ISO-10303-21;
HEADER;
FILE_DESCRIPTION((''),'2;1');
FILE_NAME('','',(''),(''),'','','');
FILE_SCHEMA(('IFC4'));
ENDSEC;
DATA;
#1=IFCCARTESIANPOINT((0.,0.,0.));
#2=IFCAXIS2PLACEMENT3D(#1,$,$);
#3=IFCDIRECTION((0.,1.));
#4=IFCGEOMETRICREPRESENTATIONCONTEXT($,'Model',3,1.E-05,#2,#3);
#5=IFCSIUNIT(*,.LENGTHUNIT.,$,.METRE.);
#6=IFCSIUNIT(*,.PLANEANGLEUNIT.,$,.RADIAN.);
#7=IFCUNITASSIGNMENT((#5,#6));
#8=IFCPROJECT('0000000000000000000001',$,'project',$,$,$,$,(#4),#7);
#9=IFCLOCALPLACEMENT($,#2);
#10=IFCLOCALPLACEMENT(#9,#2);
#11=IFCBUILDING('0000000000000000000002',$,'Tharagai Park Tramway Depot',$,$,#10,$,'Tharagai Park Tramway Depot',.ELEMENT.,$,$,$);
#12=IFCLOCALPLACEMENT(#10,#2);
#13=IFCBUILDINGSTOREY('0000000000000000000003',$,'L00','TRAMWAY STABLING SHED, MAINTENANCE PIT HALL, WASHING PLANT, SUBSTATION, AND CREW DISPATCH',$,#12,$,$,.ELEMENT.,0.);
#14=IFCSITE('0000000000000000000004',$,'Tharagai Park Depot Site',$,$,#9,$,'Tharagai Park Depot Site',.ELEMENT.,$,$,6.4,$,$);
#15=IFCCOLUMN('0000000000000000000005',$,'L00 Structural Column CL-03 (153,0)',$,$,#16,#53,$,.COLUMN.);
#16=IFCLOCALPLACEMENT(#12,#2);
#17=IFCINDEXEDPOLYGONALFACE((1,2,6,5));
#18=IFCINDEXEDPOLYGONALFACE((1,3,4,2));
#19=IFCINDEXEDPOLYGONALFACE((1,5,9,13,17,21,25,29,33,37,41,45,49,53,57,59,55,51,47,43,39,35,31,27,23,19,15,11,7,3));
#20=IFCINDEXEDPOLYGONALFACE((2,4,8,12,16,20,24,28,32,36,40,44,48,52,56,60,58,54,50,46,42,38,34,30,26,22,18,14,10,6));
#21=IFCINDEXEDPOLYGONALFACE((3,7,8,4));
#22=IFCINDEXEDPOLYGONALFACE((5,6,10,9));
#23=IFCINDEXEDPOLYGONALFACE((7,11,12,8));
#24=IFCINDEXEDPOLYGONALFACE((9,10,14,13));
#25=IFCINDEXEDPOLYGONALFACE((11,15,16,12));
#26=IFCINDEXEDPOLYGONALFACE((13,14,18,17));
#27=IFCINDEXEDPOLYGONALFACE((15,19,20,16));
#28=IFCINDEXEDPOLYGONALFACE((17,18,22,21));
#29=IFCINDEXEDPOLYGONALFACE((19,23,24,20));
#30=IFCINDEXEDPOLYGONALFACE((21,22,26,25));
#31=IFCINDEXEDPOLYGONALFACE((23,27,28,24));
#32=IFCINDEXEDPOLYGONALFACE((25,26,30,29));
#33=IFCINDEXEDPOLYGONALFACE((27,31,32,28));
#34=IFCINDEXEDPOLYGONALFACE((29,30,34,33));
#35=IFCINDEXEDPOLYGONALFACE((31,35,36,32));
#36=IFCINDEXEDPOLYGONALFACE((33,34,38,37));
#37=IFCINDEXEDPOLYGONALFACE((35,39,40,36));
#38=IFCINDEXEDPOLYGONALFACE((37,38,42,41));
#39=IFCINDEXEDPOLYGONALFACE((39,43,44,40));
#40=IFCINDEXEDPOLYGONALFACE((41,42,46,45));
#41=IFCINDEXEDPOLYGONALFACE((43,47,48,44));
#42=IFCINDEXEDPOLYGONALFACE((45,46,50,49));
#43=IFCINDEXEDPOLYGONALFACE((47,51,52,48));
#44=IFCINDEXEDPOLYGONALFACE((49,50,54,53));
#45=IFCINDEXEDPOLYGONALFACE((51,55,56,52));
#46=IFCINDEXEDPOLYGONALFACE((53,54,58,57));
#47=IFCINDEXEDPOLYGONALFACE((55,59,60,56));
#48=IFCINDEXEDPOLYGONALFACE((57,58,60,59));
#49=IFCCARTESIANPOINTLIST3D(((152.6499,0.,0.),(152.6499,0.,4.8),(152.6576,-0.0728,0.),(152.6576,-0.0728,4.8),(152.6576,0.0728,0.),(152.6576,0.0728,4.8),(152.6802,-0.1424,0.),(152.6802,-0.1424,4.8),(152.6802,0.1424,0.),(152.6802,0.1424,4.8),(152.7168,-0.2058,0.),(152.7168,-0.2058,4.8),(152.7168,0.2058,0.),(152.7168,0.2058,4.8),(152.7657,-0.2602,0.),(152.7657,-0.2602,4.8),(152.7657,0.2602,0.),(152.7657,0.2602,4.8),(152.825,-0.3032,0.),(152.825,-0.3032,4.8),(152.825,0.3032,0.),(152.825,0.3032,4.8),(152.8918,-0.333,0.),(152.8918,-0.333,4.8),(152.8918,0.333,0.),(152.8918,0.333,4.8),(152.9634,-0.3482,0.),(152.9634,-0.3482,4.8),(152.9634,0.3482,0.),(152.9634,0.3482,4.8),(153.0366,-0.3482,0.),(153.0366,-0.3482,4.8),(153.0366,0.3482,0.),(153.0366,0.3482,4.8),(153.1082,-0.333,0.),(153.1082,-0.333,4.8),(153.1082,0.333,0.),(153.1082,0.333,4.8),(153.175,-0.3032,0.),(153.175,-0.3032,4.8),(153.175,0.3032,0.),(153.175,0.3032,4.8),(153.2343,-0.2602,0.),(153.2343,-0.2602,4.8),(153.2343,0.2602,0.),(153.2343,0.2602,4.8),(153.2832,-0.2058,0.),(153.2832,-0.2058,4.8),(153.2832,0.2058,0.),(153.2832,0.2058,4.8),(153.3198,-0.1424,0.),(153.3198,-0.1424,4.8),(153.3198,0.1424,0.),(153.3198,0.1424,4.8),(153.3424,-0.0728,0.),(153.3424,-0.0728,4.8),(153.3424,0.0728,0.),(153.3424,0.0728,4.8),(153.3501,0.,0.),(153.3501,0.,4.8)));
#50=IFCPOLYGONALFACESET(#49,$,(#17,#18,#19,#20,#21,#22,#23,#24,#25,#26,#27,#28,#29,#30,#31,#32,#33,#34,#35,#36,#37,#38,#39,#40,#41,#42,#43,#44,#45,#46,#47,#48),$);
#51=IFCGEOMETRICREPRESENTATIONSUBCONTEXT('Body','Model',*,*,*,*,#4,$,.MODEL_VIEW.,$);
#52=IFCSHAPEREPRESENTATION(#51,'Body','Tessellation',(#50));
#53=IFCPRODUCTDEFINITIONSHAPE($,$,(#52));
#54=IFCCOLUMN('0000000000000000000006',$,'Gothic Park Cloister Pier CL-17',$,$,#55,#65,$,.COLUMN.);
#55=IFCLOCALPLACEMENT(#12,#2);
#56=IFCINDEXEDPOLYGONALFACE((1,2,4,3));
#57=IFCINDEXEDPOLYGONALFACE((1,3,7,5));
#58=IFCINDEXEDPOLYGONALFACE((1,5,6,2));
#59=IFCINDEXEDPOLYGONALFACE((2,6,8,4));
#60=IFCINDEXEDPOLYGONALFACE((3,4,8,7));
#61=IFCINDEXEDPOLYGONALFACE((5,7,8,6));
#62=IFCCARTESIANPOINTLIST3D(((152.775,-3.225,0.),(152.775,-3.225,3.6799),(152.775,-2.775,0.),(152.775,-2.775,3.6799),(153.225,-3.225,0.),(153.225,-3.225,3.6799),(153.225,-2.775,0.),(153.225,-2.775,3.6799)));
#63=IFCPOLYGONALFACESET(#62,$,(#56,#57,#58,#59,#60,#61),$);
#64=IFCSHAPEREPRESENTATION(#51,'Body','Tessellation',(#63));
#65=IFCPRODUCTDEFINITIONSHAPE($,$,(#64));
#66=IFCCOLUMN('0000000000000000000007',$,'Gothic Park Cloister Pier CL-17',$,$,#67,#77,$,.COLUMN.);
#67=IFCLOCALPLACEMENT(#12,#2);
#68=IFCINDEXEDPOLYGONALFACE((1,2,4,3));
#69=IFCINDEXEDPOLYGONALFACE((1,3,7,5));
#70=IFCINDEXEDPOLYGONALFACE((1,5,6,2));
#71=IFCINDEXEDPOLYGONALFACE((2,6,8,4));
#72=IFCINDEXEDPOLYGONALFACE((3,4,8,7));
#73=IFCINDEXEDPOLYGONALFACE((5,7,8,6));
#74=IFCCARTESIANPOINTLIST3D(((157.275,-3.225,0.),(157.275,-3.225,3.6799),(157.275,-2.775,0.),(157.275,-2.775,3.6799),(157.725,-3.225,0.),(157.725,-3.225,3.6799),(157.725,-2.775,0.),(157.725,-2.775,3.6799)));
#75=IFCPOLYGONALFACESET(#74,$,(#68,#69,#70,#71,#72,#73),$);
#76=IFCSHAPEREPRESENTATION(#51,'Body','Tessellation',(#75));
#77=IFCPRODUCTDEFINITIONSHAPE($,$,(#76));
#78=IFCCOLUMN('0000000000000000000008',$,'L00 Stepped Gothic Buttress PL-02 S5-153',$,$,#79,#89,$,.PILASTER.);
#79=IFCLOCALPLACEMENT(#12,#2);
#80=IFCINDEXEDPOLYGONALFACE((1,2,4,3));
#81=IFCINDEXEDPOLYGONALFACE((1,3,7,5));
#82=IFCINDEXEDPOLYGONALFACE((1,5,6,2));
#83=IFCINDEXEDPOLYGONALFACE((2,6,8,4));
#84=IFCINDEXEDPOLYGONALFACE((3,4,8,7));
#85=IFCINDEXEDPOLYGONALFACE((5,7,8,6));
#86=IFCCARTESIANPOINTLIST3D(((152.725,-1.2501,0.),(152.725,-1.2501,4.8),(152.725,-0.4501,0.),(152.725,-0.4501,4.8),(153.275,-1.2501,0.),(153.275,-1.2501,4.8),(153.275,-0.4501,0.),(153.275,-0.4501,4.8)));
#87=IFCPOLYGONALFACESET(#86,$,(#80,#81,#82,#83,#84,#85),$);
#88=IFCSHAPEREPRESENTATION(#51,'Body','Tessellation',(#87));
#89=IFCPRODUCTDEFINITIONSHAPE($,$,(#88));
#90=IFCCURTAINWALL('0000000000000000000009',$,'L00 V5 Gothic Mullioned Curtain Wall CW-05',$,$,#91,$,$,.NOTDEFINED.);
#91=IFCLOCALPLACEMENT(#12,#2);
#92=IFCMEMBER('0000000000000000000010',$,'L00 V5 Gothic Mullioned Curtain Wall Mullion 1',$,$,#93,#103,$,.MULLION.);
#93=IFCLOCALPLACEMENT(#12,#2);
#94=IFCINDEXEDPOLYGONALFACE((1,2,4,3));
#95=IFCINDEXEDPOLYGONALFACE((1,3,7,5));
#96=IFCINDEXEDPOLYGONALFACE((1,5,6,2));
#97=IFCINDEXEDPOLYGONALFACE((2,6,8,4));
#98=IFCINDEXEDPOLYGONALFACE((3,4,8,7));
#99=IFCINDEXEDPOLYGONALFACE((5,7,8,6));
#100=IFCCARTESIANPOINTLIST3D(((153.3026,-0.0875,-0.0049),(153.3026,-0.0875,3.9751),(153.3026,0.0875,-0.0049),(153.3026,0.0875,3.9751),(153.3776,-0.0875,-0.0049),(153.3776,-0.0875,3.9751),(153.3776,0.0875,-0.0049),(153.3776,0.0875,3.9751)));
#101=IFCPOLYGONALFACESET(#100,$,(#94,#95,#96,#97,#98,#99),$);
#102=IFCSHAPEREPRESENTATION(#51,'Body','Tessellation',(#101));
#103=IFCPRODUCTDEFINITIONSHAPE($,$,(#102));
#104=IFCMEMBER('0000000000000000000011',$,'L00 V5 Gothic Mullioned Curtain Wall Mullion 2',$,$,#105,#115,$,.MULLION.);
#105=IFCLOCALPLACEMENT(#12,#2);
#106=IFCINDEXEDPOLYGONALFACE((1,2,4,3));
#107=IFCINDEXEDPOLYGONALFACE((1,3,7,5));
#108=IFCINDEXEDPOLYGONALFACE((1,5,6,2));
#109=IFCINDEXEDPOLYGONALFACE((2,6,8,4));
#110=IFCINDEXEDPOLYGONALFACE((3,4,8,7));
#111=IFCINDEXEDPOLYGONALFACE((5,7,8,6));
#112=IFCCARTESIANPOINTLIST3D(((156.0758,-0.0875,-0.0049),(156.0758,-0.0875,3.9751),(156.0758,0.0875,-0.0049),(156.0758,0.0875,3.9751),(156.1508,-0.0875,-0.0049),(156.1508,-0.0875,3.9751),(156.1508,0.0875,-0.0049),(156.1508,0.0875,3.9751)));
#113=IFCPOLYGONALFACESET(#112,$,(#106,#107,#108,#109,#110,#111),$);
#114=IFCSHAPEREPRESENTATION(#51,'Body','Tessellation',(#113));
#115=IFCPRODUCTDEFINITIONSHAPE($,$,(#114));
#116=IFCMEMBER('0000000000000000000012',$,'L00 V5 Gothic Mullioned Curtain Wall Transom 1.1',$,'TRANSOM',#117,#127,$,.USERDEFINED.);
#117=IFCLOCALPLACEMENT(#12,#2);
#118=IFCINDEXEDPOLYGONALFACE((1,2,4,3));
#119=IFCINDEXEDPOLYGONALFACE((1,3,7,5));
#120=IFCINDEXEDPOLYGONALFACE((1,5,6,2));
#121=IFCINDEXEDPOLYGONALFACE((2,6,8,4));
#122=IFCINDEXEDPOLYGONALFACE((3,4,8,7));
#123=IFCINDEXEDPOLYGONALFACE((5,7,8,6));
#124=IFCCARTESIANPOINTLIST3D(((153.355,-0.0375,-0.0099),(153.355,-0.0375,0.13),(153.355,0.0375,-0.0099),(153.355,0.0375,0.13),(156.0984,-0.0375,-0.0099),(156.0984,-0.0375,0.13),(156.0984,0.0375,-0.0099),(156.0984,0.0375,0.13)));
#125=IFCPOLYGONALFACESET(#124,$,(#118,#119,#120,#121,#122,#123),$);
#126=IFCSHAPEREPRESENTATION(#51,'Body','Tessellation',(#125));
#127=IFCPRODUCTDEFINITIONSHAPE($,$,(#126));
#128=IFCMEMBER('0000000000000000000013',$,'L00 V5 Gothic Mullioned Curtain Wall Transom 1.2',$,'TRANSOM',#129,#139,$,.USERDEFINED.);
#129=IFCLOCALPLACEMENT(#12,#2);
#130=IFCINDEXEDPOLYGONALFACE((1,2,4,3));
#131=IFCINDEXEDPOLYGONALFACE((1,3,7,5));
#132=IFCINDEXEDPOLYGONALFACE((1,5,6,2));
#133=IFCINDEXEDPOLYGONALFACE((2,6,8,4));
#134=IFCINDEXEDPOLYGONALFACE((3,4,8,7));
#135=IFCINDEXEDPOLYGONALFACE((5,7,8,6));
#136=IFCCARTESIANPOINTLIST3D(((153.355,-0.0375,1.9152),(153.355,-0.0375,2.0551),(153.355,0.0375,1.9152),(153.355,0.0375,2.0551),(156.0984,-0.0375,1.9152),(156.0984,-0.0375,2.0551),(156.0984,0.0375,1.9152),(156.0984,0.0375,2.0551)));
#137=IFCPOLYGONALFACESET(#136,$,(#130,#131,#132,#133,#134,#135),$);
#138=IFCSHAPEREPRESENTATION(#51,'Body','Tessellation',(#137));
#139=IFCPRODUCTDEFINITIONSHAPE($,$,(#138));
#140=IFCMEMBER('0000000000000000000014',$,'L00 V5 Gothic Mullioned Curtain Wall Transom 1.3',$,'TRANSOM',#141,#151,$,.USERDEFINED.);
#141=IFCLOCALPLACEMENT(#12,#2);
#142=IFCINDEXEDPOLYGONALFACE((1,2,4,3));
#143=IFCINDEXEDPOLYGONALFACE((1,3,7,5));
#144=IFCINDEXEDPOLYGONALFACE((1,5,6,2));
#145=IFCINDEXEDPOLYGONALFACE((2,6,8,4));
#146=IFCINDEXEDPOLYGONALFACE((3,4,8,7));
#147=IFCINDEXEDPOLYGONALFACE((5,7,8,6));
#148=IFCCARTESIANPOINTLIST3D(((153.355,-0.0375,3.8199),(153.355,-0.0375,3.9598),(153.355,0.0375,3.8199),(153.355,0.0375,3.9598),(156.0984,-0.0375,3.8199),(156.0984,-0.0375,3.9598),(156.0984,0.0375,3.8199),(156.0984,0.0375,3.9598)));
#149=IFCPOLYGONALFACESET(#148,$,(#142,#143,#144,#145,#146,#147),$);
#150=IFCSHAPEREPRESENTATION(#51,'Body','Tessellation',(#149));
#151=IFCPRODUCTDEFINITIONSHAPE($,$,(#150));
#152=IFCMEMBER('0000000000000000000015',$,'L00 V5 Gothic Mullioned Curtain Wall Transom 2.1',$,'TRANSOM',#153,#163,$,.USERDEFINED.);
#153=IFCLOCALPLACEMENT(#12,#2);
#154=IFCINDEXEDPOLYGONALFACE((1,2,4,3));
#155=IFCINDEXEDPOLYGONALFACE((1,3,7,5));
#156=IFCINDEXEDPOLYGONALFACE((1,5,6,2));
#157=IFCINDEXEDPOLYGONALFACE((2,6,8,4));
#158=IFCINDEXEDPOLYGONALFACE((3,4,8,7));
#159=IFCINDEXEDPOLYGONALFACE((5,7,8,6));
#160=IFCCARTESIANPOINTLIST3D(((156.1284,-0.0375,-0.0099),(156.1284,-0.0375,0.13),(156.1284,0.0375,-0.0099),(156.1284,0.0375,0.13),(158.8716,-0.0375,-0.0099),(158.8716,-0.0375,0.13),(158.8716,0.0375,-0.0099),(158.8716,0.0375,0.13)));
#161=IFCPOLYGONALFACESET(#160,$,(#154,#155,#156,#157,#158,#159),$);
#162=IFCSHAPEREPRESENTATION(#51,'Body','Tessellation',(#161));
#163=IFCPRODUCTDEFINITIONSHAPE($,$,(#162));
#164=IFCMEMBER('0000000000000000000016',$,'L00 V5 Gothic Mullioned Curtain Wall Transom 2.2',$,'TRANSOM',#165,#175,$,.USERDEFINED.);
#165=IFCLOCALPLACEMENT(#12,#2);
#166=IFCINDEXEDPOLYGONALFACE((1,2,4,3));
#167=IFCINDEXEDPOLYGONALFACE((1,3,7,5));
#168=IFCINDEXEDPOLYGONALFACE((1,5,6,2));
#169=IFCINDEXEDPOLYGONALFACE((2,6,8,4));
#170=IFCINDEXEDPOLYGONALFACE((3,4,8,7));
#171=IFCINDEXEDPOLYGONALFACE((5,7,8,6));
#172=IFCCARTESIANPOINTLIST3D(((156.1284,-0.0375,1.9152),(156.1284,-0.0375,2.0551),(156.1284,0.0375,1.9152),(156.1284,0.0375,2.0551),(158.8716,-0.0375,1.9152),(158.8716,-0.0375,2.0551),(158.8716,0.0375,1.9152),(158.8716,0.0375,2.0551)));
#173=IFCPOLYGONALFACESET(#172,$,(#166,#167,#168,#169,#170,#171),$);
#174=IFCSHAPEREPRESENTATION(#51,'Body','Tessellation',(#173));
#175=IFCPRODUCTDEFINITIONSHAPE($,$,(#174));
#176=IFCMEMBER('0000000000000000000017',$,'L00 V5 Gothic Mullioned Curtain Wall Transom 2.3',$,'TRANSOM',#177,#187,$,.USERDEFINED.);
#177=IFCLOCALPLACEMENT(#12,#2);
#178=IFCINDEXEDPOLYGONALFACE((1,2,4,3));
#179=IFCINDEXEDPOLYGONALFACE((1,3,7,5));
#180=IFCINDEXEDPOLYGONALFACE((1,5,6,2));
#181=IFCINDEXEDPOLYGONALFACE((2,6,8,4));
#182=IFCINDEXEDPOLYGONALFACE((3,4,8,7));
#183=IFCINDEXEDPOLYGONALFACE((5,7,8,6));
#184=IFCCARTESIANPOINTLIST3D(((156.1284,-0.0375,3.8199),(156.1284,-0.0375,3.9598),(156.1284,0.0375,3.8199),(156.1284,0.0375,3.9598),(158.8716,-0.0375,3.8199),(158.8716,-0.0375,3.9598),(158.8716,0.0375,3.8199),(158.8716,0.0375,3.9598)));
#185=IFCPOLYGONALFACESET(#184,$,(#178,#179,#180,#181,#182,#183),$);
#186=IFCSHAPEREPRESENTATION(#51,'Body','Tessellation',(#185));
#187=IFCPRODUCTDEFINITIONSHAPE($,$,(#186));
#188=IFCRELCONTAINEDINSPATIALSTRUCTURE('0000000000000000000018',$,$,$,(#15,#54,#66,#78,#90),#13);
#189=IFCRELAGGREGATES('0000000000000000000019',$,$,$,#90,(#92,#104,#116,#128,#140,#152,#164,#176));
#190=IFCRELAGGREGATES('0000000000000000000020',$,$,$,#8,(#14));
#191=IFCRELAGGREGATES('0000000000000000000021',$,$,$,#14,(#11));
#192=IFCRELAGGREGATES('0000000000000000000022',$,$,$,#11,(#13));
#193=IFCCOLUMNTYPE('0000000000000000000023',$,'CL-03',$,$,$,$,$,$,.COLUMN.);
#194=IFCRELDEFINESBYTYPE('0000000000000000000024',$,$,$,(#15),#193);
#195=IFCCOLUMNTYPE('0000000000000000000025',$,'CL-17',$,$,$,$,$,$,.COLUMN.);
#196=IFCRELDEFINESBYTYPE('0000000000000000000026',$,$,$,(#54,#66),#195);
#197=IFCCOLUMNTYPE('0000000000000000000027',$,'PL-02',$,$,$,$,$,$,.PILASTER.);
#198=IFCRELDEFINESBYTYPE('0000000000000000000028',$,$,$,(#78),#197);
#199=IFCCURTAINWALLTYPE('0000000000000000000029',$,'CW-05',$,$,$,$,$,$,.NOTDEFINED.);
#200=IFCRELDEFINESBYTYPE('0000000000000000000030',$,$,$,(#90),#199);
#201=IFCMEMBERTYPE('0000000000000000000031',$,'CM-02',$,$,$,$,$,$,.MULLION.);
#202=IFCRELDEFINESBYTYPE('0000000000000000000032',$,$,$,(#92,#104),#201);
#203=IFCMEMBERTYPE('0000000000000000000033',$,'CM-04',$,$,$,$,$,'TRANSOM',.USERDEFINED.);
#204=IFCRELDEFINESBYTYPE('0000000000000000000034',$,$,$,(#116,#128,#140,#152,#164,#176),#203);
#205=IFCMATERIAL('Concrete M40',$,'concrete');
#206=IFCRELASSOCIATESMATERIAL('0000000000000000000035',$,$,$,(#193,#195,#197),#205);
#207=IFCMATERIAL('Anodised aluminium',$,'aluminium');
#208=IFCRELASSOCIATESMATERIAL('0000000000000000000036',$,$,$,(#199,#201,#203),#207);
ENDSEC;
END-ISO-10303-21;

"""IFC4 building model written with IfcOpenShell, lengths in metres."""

from ifc_helpers import new_model, si_unit, direction, frame, origin, origin_2d, place, context, subcontext, project, spatial, rectangle, circle, extrude, material, material_profile, profile_set, type_object, element, aggregate, save


model = new_model("IFC4")

# Units and contexts
model_context = context("Model", 3, precision=1e-05, world=origin(), true_north=direction((0.0, 1.0)))
body_context = subcontext(model_context, "Body", "Model", "MODEL_VIEW")
ifc_project = project(units=[si_unit("LENGTHUNIT", "METRE"), si_unit("PLANEANGLEUNIT", "RADIAN")], contexts=[model_context])

# Site, building, storey
site_placement = place(None, origin())
site = spatial("IfcSite", under=ifc_project, at=site_placement, Name="Tharagai Park Depot Site", LongName="Tharagai Park Depot Site", CompositionType="ELEMENT", RefElevation=6.4)
building_placement = place(site_placement, origin())
building = spatial("IfcBuilding", under=site, at=building_placement, Name="Tharagai Park Tramway Depot", LongName="Tharagai Park Tramway Depot", CompositionType="ELEMENT")
storey_placement = place(building_placement, origin())
storey = spatial("IfcBuildingStorey", under=building, at=storey_placement, Name="L00", Description="TRAMWAY STABLING SHED, MAINTENANCE PIT HALL, WASHING PLANT, SUBSTATION, AND CREW DISPATCH", CompositionType="ELEMENT", Elevation=0.0)

# Shared definitions
ifc_material_1 = material(Name="Concrete M40", Category="concrete")

# Columns
ifc_material_profile_1 = material_profile(ifc_material_1, circle(Radius=0.3501, at=origin_2d()), Name="RC D700")
ifc_profile_set_1 = profile_set([ifc_material_profile_1], Name="Concrete M40")
column_type_1 = type_object("IfcColumnType", Name="CL-03", PredefinedType="COLUMN", material=ifc_profile_set_1)
column_1_placement = place(storey_placement, frame((153.0, 0.0, 0.0), z_axis=(0.0, 0.0, 1.0), x_axis=(1.0, 0.0, 0.0)))
element("IfcColumn", 1, at=column_1_placement, inside=storey, type_object=column_type_1, Name="L00 Structural Column CL-03 (153,0)", PredefinedType="COLUMN", context=body_context, shape_type="SweptSolid", body=[
    extrude(circle(Radius=0.3501, at=origin_2d()), origin(), (0.0, 0.0, 1.0), 4.8),
])
ifc_material_profile_2 = material_profile(ifc_material_1, rectangle(XDim=0.45, YDim=0.45, at=origin_2d()), Name="RC 450x450")
ifc_profile_set_2 = profile_set([ifc_material_profile_2], Name="Concrete M40")
column_type_2 = type_object("IfcColumnType", Name="CL-17", PredefinedType="COLUMN", material=ifc_profile_set_2)
for number, where, z_axis, x_axis, name in (
    (2, (153.0, -3.0, 0.0), (0.0, 0.0, 1.0), (1.0, 0.0, 0.0), "Gothic Park Cloister Pier CL-17"),
    (3, (157.5, -3.0, 0.0), (0.0, 0.0, 1.0), (1.0, 0.0, 0.0), "Gothic Park Cloister Pier CL-17"),
):
    element("IfcColumn", number, at=place(storey_placement, frame(where, z_axis=z_axis, x_axis=x_axis)), inside=storey, type_object=column_type_2, Name=name, PredefinedType="COLUMN", context=body_context, shape_type="SweptSolid", body=[
        extrude(rectangle(XDim=0.45, YDim=0.45, at=origin_2d()), origin(), (0.0, 0.0, 1.0), 3.6799),
    ])
ifc_material_profile_3 = material_profile(ifc_material_1, rectangle(XDim=0.55, YDim=0.8, at=origin_2d()), Name="RC 550x800")
ifc_profile_set_3 = profile_set([ifc_material_profile_3], Name="Concrete M40")
column_type_3 = type_object("IfcColumnType", Name="PL-02", PredefinedType="PILASTER", material=ifc_profile_set_3)
column_2_placement = place(storey_placement, frame((153.0, -0.8501, 0.0), z_axis=(0.0, 0.0, 1.0), x_axis=(1.0, 0.0, 0.0)))
element("IfcColumn", 4, at=column_2_placement, inside=storey, type_object=column_type_3, Name="L00 Stepped Gothic Buttress PL-02 S5-153", PredefinedType="PILASTER", context=body_context, shape_type="SweptSolid", body=[
    extrude(rectangle(XDim=0.55, YDim=0.8, at=origin_2d()), origin(), (0.0, 0.0, 1.0), 4.8),
])

# Curtain wall, members
ifc_material_2 = material(Name="Anodised aluminium", Category="aluminium")
curtain_wall_type = type_object("IfcCurtainWallType", Name="CW-05", PredefinedType="NOTDEFINED", material=ifc_material_2)
curtain_wall_placement = place(storey_placement, origin())
curtain_wall = element("IfcCurtainWall", 5, at=curtain_wall_placement, inside=storey, type_object=curtain_wall_type, Name="L00 V5 Gothic Mullioned Curtain Wall CW-05", PredefinedType="NOTDEFINED")
ifc_material_profile_4 = material_profile(ifc_material_2, rectangle(XDim=0.075, YDim=0.175, at=origin_2d()), Name="ALU 75x175")
ifc_profile_set_4 = profile_set([ifc_material_profile_4], Name="Anodised aluminium")
member_type_1 = type_object("IfcMemberType", Name="CM-02", PredefinedType="MULLION", material=ifc_profile_set_4)
member_1_placement = place(storey_placement, frame((153.3401, 0.0, -0.0049), z_axis=(0.0, 0.0, 1.0), x_axis=(1.0, 0.0, 0.0)))
member_1 = element("IfcMember", 6, at=member_1_placement, type_object=member_type_1, Name="L00 V5 Gothic Mullioned Curtain Wall Mullion 1", PredefinedType="MULLION", context=body_context, shape_type="SweptSolid", body=[
    extrude(rectangle(XDim=0.075, YDim=0.175, at=origin_2d()), origin(), (0.0, 0.0, 1.0), 3.98),
])
member_2_placement = place(storey_placement, frame((156.1133, 0.0, -0.0049), z_axis=(0.0, 0.0, 1.0), x_axis=(1.0, 0.0, 0.0)))
member_2 = element("IfcMember", 7, at=member_2_placement, type_object=member_type_1, Name="L00 V5 Gothic Mullioned Curtain Wall Mullion 2", PredefinedType="MULLION", context=body_context, shape_type="SweptSolid", body=[
    extrude(rectangle(XDim=0.075, YDim=0.175, at=origin_2d()), origin(), (0.0, 0.0, 1.0), 3.98),
])
ifc_material_profile_5 = material_profile(ifc_material_2, rectangle(XDim=0.075, YDim=0.1399, at=origin_2d()), Name="ALU 75x140")
ifc_profile_set_5 = profile_set([ifc_material_profile_5], Name="Anodised aluminium")
member_type_2 = type_object("IfcMemberType", Name="CM-04", ElementType="TRANSOM", PredefinedType="USERDEFINED", material=ifc_profile_set_5)
member_3_placement = place(storey_placement, frame((153.355, 0.0, 0.0601), z_axis=(1.0, 0.0, 0.0), x_axis=(0.0, 1.0, 0.0)))
member_3 = element("IfcMember", 8, at=member_3_placement, type_object=member_type_2, Name="L00 V5 Gothic Mullioned Curtain Wall Transom 1.1", ObjectType="TRANSOM", PredefinedType="USERDEFINED", context=body_context, shape_type="SweptSolid", body=[
    extrude(rectangle(XDim=0.075, YDim=0.1399, at=origin_2d()), origin(), (0.0, 0.0, 1.0), 2.7434),
])
member_4_placement = place(storey_placement, frame((153.355, 0.0, 1.9851), z_axis=(1.0, 0.0, 0.0), x_axis=(0.0, 1.0, 0.0)))
member_4 = element("IfcMember", 9, at=member_4_placement, type_object=member_type_2, Name="L00 V5 Gothic Mullioned Curtain Wall Transom 1.2", ObjectType="TRANSOM", PredefinedType="USERDEFINED", context=body_context, shape_type="SweptSolid", body=[
    extrude(rectangle(XDim=0.075, YDim=0.1399, at=origin_2d()), origin(), (0.0, 0.0, 1.0), 2.7434),
])
member_5_placement = place(storey_placement, frame((153.355, 0.0, 3.8899), z_axis=(1.0, 0.0, 0.0), x_axis=(0.0, 1.0, 0.0)))
member_5 = element("IfcMember", 10, at=member_5_placement, type_object=member_type_2, Name="L00 V5 Gothic Mullioned Curtain Wall Transom 1.3", ObjectType="TRANSOM", PredefinedType="USERDEFINED", context=body_context, shape_type="SweptSolid", body=[
    extrude(rectangle(XDim=0.075, YDim=0.1399, at=origin_2d()), origin(), (0.0, 0.0, 1.0), 2.7434),
])
member_6_placement = place(storey_placement, frame((156.1284, 0.0, 0.0601), z_axis=(1.0, 0.0, 0.0), x_axis=(0.0, 1.0, 0.0)))
member_6 = element("IfcMember", 11, at=member_6_placement, type_object=member_type_2, Name="L00 V5 Gothic Mullioned Curtain Wall Transom 2.1", ObjectType="TRANSOM", PredefinedType="USERDEFINED", context=body_context, shape_type="SweptSolid", body=[
    extrude(rectangle(XDim=0.075, YDim=0.1399, at=origin_2d()), origin(), (0.0, 0.0, 1.0), 2.7432),
])
member_7_placement = place(storey_placement, frame((156.1284, 0.0, 1.9851), z_axis=(1.0, 0.0, 0.0), x_axis=(0.0, 1.0, 0.0)))
member_7 = element("IfcMember", 12, at=member_7_placement, type_object=member_type_2, Name="L00 V5 Gothic Mullioned Curtain Wall Transom 2.2", ObjectType="TRANSOM", PredefinedType="USERDEFINED", context=body_context, shape_type="SweptSolid", body=[
    extrude(rectangle(XDim=0.075, YDim=0.1399, at=origin_2d()), origin(), (0.0, 0.0, 1.0), 2.7432),
])
member_8_placement = place(storey_placement, frame((156.1284, 0.0, 3.8899), z_axis=(1.0, 0.0, 0.0), x_axis=(0.0, 1.0, 0.0)))
member_8 = element("IfcMember", 13, at=member_8_placement, type_object=member_type_2, Name="L00 V5 Gothic Mullioned Curtain Wall Transom 2.3", ObjectType="TRANSOM", PredefinedType="USERDEFINED", context=body_context, shape_type="SweptSolid", body=[
    extrude(rectangle(XDim=0.075, YDim=0.1399, at=origin_2d()), origin(), (0.0, 0.0, 1.0), 2.7432),
])
aggregate(curtain_wall, [member_1, member_2, member_3, member_4, member_5, member_6, member_7, member_8])

save(model, "model.ifc")
